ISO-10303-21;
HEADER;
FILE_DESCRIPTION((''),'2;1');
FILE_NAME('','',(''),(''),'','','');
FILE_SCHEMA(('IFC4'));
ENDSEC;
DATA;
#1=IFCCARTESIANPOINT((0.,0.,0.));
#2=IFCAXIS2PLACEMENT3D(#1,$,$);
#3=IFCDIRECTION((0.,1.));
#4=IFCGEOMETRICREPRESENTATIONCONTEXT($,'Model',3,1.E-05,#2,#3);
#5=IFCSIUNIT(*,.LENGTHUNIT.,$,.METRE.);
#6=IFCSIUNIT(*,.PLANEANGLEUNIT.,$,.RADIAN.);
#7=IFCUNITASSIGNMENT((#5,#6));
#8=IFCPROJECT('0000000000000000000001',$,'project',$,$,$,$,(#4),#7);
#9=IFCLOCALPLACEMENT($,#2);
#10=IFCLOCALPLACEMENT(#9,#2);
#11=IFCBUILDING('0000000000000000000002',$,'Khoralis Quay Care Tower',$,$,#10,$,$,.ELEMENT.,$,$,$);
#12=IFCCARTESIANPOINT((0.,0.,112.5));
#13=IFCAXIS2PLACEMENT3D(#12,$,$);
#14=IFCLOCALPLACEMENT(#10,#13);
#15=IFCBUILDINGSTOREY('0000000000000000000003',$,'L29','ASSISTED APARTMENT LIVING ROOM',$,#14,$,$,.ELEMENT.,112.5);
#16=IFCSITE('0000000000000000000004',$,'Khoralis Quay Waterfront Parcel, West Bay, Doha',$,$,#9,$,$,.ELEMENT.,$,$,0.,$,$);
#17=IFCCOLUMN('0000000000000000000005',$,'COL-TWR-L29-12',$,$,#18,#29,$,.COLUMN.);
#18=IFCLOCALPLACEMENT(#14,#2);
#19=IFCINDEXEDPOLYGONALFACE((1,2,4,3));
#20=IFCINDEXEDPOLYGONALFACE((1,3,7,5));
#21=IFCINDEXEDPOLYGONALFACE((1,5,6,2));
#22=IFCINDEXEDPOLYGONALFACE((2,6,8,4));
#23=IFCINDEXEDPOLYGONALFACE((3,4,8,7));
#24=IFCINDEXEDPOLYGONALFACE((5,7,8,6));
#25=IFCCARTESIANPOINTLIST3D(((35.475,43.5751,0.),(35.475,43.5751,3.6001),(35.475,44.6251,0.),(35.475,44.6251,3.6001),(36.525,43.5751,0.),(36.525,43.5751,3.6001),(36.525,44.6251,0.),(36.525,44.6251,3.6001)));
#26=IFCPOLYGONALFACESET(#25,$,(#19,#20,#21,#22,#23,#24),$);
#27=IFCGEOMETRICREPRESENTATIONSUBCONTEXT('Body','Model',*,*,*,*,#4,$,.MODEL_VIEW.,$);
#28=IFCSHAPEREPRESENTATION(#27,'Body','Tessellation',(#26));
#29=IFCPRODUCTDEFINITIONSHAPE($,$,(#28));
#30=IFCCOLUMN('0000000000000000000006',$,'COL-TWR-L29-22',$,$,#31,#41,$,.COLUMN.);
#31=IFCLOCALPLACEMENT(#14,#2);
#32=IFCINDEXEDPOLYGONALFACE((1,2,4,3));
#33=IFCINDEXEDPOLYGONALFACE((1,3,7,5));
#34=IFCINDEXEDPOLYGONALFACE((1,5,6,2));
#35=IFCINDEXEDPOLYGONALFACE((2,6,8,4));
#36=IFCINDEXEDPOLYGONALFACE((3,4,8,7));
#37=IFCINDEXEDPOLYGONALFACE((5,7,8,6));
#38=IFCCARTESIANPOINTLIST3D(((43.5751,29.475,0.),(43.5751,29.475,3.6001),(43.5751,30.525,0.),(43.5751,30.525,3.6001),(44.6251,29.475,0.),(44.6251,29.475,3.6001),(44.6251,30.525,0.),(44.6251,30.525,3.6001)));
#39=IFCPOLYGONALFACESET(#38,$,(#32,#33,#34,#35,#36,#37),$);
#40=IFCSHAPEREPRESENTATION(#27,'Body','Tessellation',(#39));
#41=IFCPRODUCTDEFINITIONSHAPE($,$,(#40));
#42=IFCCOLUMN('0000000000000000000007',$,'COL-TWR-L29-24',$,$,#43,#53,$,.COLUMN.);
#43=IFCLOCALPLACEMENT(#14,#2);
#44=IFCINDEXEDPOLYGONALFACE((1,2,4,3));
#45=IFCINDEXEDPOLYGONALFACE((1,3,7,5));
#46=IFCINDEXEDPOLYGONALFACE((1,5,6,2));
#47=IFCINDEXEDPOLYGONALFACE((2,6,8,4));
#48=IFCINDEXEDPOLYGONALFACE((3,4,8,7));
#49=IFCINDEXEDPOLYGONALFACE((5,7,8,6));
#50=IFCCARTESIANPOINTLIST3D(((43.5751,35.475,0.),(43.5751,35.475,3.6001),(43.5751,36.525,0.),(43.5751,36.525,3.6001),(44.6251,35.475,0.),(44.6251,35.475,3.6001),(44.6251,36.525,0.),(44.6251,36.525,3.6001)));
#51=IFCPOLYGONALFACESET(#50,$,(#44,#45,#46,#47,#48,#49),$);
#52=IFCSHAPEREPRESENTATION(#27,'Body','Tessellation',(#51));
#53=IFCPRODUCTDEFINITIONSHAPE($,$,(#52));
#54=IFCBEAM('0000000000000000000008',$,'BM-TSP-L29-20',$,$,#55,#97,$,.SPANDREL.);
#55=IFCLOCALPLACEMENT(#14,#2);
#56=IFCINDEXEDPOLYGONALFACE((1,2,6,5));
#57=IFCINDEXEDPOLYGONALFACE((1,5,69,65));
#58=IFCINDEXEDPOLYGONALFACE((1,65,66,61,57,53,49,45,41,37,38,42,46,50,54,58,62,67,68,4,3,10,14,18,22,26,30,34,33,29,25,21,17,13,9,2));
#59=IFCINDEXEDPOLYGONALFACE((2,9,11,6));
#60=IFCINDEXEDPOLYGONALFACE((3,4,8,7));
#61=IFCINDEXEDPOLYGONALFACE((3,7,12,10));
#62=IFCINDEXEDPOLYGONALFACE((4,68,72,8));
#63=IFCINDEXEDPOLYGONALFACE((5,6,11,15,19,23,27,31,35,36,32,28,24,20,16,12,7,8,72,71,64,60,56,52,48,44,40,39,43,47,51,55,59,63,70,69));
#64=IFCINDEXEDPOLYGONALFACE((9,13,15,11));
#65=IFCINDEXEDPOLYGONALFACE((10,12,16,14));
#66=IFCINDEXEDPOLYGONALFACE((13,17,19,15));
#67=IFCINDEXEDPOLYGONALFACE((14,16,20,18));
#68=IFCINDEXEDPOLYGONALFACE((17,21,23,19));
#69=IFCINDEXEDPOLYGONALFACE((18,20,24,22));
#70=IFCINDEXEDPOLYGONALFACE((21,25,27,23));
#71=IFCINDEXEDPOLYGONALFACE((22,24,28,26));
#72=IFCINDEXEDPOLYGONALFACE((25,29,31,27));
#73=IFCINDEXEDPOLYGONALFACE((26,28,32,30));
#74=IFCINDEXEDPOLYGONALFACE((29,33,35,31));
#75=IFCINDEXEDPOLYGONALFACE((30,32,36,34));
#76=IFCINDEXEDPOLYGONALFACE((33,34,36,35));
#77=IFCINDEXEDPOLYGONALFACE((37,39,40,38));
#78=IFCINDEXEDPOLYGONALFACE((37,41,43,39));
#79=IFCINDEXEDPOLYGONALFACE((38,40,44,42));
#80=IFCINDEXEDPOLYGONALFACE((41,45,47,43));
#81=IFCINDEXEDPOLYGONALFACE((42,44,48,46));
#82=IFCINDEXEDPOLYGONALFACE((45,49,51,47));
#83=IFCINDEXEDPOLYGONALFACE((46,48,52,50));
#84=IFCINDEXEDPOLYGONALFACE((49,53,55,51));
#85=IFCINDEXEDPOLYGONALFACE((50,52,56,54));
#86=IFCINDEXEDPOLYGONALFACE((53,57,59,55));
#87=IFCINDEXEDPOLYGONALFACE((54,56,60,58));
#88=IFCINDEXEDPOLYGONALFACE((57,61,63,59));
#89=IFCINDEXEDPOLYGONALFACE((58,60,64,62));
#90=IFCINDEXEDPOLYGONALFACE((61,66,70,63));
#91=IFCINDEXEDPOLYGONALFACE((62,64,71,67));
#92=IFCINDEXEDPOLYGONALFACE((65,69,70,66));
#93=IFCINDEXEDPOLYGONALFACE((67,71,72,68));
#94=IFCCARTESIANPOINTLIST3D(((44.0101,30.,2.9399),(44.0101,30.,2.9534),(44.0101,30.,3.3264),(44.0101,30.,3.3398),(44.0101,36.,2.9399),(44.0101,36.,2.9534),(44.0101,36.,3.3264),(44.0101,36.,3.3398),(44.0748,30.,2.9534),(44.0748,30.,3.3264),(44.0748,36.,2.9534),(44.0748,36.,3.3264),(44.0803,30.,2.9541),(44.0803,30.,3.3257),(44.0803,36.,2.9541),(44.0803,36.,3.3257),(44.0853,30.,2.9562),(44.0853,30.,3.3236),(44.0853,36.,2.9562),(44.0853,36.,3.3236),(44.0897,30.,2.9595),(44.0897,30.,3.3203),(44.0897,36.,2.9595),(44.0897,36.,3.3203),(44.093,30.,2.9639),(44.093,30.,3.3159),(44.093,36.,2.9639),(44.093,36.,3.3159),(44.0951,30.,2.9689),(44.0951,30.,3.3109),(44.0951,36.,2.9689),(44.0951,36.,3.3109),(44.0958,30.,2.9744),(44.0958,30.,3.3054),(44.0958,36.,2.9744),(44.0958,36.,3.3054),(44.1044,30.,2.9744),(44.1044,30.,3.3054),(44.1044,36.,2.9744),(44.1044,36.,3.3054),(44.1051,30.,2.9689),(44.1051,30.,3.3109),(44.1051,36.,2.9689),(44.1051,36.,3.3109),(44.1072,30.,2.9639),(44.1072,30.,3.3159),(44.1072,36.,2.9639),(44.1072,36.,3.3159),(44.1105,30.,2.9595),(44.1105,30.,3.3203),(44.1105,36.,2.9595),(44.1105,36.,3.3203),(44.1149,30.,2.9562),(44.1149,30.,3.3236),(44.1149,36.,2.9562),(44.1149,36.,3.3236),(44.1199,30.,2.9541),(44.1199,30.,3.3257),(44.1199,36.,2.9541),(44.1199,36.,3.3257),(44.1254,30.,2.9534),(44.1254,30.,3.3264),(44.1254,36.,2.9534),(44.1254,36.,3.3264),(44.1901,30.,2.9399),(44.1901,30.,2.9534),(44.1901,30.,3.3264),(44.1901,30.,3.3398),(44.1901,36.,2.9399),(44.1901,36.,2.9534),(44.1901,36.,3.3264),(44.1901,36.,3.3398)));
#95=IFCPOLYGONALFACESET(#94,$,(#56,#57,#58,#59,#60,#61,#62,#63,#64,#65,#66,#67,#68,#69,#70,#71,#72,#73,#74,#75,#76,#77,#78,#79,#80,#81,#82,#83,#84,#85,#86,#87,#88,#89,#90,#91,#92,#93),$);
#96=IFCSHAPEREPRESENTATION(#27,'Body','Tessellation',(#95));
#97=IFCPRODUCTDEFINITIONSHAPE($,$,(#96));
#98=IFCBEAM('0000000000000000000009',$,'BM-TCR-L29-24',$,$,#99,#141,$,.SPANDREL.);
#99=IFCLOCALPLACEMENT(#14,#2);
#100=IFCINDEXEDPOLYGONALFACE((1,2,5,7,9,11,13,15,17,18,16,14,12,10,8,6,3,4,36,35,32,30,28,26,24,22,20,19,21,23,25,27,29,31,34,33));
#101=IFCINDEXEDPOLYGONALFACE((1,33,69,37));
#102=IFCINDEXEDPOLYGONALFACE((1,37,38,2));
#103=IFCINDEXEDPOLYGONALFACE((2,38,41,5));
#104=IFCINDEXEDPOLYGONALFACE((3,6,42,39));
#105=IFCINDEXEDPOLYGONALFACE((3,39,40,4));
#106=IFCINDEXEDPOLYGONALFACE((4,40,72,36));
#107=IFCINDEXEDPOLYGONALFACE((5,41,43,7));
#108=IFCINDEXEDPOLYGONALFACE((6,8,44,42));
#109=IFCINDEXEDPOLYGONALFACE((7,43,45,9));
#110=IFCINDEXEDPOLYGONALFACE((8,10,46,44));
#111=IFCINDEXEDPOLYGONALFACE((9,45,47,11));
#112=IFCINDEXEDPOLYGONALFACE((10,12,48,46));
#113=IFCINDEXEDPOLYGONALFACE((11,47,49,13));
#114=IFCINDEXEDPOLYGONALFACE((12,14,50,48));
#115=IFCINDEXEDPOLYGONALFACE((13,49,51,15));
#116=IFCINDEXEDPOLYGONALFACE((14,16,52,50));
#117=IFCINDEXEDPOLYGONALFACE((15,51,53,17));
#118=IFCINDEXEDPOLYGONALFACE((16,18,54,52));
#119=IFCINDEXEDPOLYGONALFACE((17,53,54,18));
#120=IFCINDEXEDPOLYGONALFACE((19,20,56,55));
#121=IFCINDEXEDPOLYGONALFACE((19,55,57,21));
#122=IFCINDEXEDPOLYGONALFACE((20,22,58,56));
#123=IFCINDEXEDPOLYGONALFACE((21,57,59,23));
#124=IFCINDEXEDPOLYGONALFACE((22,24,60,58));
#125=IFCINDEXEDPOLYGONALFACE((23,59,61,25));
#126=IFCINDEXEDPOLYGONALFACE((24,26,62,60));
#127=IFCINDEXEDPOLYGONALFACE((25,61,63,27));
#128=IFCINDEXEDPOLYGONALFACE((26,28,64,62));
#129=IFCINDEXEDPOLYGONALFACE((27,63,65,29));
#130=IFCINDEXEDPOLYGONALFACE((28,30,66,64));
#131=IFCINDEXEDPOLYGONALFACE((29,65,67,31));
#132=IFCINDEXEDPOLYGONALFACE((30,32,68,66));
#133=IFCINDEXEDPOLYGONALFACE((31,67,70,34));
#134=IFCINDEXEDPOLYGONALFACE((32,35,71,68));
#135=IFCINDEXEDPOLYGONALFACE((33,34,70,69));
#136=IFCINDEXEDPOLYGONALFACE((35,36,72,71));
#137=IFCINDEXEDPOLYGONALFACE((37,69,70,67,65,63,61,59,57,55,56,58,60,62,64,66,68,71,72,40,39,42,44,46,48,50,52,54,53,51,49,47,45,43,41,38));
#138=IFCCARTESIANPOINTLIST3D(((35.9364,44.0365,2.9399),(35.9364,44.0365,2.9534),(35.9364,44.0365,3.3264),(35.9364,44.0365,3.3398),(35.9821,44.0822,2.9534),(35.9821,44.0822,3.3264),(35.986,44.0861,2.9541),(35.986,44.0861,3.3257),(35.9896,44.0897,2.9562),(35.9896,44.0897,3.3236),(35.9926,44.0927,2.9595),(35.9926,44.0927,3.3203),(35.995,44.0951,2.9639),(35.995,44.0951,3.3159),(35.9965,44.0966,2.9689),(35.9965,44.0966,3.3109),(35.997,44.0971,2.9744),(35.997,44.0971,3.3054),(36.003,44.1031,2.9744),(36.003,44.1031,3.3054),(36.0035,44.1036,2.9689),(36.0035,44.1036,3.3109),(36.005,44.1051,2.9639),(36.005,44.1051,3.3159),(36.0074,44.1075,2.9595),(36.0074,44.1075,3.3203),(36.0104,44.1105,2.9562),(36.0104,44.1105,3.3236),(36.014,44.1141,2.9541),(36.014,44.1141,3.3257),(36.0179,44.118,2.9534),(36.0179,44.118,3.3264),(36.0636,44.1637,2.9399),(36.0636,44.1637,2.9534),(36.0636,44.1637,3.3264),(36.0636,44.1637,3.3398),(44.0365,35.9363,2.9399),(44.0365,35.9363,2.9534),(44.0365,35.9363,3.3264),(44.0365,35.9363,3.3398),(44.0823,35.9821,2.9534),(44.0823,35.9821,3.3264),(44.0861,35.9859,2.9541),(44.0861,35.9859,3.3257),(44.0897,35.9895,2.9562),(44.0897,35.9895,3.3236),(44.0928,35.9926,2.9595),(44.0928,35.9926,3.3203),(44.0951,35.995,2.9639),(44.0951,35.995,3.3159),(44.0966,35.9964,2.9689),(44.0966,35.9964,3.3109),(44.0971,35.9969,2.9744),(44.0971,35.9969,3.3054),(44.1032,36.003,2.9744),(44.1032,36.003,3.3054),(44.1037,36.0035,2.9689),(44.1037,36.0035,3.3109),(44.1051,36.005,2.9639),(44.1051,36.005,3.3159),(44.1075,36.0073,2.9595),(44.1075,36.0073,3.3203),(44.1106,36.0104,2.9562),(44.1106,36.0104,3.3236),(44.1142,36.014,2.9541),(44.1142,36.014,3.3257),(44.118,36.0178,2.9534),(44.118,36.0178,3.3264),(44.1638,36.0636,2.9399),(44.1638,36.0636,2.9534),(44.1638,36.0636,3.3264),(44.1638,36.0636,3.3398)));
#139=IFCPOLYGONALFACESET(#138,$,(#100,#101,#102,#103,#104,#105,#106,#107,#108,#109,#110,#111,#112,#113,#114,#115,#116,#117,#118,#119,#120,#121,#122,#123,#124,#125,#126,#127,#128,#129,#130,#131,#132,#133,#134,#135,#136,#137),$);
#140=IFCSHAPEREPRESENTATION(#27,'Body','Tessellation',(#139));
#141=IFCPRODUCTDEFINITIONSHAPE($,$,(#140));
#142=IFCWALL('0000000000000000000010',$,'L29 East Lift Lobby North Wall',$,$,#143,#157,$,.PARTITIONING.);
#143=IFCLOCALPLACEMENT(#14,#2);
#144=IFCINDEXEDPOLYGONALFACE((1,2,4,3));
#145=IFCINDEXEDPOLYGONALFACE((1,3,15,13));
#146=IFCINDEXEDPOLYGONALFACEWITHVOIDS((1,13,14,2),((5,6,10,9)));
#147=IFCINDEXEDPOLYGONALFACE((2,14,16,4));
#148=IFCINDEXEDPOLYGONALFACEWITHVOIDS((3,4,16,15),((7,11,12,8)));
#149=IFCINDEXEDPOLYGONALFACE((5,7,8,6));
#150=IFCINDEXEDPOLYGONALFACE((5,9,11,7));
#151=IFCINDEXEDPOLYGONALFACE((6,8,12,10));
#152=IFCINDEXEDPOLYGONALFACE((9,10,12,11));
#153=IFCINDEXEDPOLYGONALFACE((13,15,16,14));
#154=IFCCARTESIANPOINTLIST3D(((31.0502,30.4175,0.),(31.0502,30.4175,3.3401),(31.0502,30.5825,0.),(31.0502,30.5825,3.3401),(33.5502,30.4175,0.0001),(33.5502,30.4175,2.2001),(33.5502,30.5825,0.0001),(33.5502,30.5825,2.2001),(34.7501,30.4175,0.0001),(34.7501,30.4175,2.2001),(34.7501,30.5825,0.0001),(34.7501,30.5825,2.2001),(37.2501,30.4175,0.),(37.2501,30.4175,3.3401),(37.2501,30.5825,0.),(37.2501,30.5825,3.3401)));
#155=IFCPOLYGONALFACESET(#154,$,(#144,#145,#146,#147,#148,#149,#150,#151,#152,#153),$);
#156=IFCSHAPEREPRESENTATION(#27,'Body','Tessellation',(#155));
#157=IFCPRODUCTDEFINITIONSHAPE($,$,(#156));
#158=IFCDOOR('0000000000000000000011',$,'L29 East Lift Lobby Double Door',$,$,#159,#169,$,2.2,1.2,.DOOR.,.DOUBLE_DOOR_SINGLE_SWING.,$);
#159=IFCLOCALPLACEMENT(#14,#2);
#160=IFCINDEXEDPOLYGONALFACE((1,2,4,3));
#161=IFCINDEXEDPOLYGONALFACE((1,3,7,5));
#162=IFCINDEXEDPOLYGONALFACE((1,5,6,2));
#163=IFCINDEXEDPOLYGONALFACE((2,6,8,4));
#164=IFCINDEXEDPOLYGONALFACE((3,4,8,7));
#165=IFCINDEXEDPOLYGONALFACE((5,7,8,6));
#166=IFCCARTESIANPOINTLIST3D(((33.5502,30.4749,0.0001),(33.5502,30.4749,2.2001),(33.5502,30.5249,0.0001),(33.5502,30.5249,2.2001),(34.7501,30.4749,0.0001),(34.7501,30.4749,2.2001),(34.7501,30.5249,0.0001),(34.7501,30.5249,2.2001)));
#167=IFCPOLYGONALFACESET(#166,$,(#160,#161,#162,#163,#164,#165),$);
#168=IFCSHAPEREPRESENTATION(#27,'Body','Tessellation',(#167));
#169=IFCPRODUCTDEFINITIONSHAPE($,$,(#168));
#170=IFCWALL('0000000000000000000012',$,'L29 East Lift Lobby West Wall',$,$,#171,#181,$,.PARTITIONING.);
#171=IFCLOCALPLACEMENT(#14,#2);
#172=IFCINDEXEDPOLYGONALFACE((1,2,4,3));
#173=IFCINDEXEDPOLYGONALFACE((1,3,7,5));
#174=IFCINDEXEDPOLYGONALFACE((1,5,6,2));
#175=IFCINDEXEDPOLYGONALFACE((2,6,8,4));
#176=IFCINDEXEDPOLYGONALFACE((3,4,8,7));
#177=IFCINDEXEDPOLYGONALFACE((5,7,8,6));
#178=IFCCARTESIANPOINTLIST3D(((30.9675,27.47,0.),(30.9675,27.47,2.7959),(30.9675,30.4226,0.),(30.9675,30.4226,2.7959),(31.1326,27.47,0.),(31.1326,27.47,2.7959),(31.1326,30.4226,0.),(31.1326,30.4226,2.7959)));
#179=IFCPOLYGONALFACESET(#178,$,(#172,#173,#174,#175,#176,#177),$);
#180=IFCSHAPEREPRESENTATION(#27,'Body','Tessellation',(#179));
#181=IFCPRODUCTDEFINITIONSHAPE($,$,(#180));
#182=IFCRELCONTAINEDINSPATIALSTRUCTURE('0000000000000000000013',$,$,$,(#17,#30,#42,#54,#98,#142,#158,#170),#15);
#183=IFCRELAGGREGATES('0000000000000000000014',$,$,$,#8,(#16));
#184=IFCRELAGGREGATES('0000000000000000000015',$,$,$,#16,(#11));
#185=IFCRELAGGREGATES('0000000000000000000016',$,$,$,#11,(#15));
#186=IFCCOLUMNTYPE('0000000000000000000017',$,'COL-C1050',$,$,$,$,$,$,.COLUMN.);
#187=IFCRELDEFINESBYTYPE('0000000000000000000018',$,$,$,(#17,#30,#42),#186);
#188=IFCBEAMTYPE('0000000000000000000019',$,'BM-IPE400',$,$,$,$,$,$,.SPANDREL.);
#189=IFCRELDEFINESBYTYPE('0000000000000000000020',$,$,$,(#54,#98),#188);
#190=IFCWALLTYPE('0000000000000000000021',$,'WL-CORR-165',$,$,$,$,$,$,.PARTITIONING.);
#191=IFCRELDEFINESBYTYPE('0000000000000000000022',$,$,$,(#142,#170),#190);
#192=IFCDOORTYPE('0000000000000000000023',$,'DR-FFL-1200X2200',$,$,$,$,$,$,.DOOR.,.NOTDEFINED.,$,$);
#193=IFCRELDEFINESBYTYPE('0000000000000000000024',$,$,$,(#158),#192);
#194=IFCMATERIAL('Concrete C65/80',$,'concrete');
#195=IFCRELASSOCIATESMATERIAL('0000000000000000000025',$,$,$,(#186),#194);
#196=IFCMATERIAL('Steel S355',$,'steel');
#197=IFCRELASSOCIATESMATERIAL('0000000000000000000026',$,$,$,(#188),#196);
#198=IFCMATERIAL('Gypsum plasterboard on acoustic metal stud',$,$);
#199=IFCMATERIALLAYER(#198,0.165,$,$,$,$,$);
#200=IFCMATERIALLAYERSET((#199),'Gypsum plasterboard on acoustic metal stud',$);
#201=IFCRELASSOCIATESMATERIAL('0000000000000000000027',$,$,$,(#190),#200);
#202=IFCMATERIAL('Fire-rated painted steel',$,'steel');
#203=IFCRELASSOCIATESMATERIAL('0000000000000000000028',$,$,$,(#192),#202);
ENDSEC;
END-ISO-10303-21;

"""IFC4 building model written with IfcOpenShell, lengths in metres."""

from ifc_helpers import new_model, si_unit, direction, frame, frame_2d, origin, origin_2d, place, context, subcontext, project, spatial, rectangle, i_section, extrude, source, transform, mapped, material, layer, layer_set, material_profile, profile_set, type_object, element, fill, save


model = new_model("IFC4")

# Units and contexts
model_context = context("Model", 3, precision=1e-05, world=origin(), true_north=direction((0.0, 1.0)))
body_context = subcontext(model_context, "Body", "Model", "MODEL_VIEW")
ifc_project = project(units=[si_unit("LENGTHUNIT", "METRE"), si_unit("PLANEANGLEUNIT", "RADIAN")], contexts=[model_context])

# Site, building, storey
site_placement = place(None, origin())
site = spatial("IfcSite", under=ifc_project, at=site_placement, Name="Khoralis Quay Waterfront Parcel, West Bay, Doha", CompositionType="ELEMENT", RefElevation=0.0)
building_placement = place(site_placement, origin())
building = spatial("IfcBuilding", under=site, at=building_placement, Name="Khoralis Quay Care Tower", CompositionType="ELEMENT")
storey_placement = place(building_placement, frame((0.0, 0.0, 112.5)))
storey = spatial("IfcBuildingStorey", under=building, at=storey_placement, Name="L29", Description="ASSISTED APARTMENT LIVING ROOM", CompositionType="ELEMENT", Elevation=112.5)

# Columns
ifc_material_1 = material(Name="Concrete C65/80", Category="concrete")
ifc_material_profile_1 = material_profile(ifc_material_1, rectangle(XDim=1.05, YDim=1.05, at=origin_2d()), Name="Concrete C65/80")
ifc_profile_set_1 = profile_set([ifc_material_profile_1], Name="Concrete C65/80")
column_type = type_object("IfcColumnType", Name="COL-C1050", PredefinedType="COLUMN", material=ifc_profile_set_1)
shared_shape_1 = source(origin(), body_context, "Body", "SweptSolid", [
    extrude(rectangle(XDim=1.05, YDim=1.05, at=origin_2d()), origin(), (0.0, 0.0, 1.0), 3.6001),
])
for number, where, z_axis, x_axis, name in (
    (1, (36.0, 44.1001, 0.0), (0.0, 0.0, 1.0), (1.0, 0.0, 0.0), "COL-TWR-L29-12"),
    (2, (44.1001, 30.0, 0.0), (0.0, 0.0, 1.0), (1.0, 0.0, 0.0), "COL-TWR-L29-22"),
    (3, (44.1001, 36.0, 0.0), (0.0, 0.0, 1.0), (1.0, 0.0, 0.0), "COL-TWR-L29-24"),
):
    element("IfcColumn", number, at=place(storey_placement, frame(where, z_axis=z_axis, x_axis=x_axis)), inside=storey, type_object=column_type, Name=name, PredefinedType="COLUMN", context=body_context, shape_type="MappedRepresentation", body=[
        mapped(shared_shape_1, transform((0.0, 0.0, 0.0), scale=1.0)),
    ])

# Beams
ifc_material_2 = material(Name="Steel S355", Category="steel")
ifc_material_profile_2 = material_profile(ifc_material_2, i_section(OverallWidth=0.1799, OverallDepth=0.3999, WebThickness=0.0085, FlangeThickness=0.0134, FilletRadius=0.021, at=origin_2d()), Name="Steel S355")
ifc_profile_set_2 = profile_set([ifc_material_profile_2], Name="Steel S355")
beam_type = type_object("IfcBeamType", Name="BM-IPE400", PredefinedType="SPANDREL", material=ifc_profile_set_2)
shared_shape_2 = source(origin(), body_context, "Body", "SweptSolid", [
    extrude(i_section(OverallWidth=0.1799, OverallDepth=0.3999, WebThickness=0.0085, FlangeThickness=0.0134, FilletRadius=0.021, at=origin_2d()), origin(), (0.0, 0.0, 1.0), 6.0),
])
beam_1_placement = place(storey_placement, frame((44.1001, 30.0, 3.1399), z_axis=(0.0, 1.0, 0.0), x_axis=(-1.0, 0.0, 0.0)))
element("IfcBeam", 4, at=beam_1_placement, inside=storey, type_object=beam_type, Name="BM-TSP-L29-20", PredefinedType="SPANDREL", context=body_context, shape_type="MappedRepresentation", body=[
    mapped(shared_shape_2, transform((0.0, 0.0, 0.0), scale=1.0)),
])
shared_shape_3 = source(origin(), body_context, "Body", "SweptSolid", [
    extrude(i_section(OverallWidth=0.1799, OverallDepth=0.3999, WebThickness=0.0085, FlangeThickness=0.0134, FilletRadius=0.021, at=origin_2d()), origin(), (0.0, 0.0, 1.0), 11.4553),
])
beam_2_placement = place(storey_placement, frame((36.0, 44.1001, 3.1399), z_axis=(0.707107, -0.707107, 0.0), x_axis=(0.707107, 0.707107, 0.0)))
element("IfcBeam", 5, at=beam_2_placement, inside=storey, type_object=beam_type, Name="BM-TCR-L29-24", PredefinedType="SPANDREL", context=body_context, shape_type="MappedRepresentation", body=[
    mapped(shared_shape_3, transform((0.0, 0.0, 0.0), scale=1.0)),
])

# Wall, opening, door
ifc_material_3 = material(Name="Gypsum plasterboard on acoustic metal stud")
ifc_layer_1 = layer(ifc_material_3, 0.165)
ifc_layer_set_1 = layer_set([ifc_layer_1], Name="Gypsum plasterboard on acoustic metal stud")
wall_type_1 = type_object("IfcWallType", Name="WL-CORR-165", PredefinedType="PARTITIONING", material=ifc_layer_set_1)
wall_1_placement = place(storey_placement, frame((31.05, 30.5, 0.0), z_axis=(0.0, 0.0, 1.0), x_axis=(1.0, 0.0, 0.0)))
wall_1 = element("IfcWall", 6, at=wall_1_placement, inside=storey, type_object=wall_type_1, Name="L29 East Lift Lobby North Wall", PredefinedType="PARTITIONING", context=body_context, shape_type="SweptSolid", body=[
    extrude(rectangle(XDim=6.2, YDim=0.165, at=frame_2d((3.1001, 0.0))), origin(), (0.0, 0.0, 1.0), 3.3401),
])
opening_1_placement = place(wall_1_placement, frame((2.5, 0.0, 0.0)))
opening_1 = element("IfcOpeningElement", 7, at=opening_1_placement, cuts=wall_1, PredefinedType="OPENING", context=body_context, shape_type="SweptSolid", body=[
    extrude(rectangle(XDim=1.2, YDim=2.2, at=frame_2d((0.6001, 1.1001))), frame((0.0, 0.0925, 0.0), z_axis=(0.0, -1.0, 0.0), x_axis=(1.0, 0.0, 0.0)), (0.0, 0.0, 1.0), 0.1851),
])
ifc_material_4 = material(Name="Fire-rated painted steel", Category="steel")
door_type = type_object("IfcDoorType", Name="DR-FFL-1200X2200", OperationType="NOTDEFINED", PredefinedType="DOOR", material=ifc_material_4)
shared_shape_4 = source(origin(), body_context, "Body", "SweptSolid", [
    extrude(rectangle(XDim=1.2, YDim=2.2, at=frame_2d((0.6001, 1.1001))), frame((0.0, 0.0249, 0.0), z_axis=(0.0, -1.0, 0.0), x_axis=(1.0, 0.0, 0.0)), (0.0, 0.0, 1.0), 0.05),
])
door_placement = place(opening_1_placement, origin())
door = element("IfcDoor", 8, at=door_placement, inside=storey, type_object=door_type, Name="L29 East Lift Lobby Double Door", OperationType="DOUBLE_DOOR_SINGLE_SWING", OverallHeight=2.2, OverallWidth=1.2, PredefinedType="DOOR", context=body_context, shape_type="MappedRepresentation", body=[
    mapped(shared_shape_4, transform((0.0, 0.0, 0.0), scale=1.0)),
])
fill(opening_1, door)

# Wall
wall_2_placement = place(storey_placement, frame((31.05, 27.47, 0.0), z_axis=(0.0, 0.0, 1.0), x_axis=(0.0, 1.0, 0.0)))
element("IfcWall", 9, at=wall_2_placement, inside=storey, type_object=wall_type_1, Name="L29 East Lift Lobby West Wall", PredefinedType="PARTITIONING", context=body_context, shape_type="SweptSolid", body=[
    extrude(rectangle(XDim=2.9526, YDim=0.165, at=frame_2d((1.4763, 0.0))), origin(), (0.0, 0.0, 1.0), 2.7959),
])

save(model, "model.ifc")
